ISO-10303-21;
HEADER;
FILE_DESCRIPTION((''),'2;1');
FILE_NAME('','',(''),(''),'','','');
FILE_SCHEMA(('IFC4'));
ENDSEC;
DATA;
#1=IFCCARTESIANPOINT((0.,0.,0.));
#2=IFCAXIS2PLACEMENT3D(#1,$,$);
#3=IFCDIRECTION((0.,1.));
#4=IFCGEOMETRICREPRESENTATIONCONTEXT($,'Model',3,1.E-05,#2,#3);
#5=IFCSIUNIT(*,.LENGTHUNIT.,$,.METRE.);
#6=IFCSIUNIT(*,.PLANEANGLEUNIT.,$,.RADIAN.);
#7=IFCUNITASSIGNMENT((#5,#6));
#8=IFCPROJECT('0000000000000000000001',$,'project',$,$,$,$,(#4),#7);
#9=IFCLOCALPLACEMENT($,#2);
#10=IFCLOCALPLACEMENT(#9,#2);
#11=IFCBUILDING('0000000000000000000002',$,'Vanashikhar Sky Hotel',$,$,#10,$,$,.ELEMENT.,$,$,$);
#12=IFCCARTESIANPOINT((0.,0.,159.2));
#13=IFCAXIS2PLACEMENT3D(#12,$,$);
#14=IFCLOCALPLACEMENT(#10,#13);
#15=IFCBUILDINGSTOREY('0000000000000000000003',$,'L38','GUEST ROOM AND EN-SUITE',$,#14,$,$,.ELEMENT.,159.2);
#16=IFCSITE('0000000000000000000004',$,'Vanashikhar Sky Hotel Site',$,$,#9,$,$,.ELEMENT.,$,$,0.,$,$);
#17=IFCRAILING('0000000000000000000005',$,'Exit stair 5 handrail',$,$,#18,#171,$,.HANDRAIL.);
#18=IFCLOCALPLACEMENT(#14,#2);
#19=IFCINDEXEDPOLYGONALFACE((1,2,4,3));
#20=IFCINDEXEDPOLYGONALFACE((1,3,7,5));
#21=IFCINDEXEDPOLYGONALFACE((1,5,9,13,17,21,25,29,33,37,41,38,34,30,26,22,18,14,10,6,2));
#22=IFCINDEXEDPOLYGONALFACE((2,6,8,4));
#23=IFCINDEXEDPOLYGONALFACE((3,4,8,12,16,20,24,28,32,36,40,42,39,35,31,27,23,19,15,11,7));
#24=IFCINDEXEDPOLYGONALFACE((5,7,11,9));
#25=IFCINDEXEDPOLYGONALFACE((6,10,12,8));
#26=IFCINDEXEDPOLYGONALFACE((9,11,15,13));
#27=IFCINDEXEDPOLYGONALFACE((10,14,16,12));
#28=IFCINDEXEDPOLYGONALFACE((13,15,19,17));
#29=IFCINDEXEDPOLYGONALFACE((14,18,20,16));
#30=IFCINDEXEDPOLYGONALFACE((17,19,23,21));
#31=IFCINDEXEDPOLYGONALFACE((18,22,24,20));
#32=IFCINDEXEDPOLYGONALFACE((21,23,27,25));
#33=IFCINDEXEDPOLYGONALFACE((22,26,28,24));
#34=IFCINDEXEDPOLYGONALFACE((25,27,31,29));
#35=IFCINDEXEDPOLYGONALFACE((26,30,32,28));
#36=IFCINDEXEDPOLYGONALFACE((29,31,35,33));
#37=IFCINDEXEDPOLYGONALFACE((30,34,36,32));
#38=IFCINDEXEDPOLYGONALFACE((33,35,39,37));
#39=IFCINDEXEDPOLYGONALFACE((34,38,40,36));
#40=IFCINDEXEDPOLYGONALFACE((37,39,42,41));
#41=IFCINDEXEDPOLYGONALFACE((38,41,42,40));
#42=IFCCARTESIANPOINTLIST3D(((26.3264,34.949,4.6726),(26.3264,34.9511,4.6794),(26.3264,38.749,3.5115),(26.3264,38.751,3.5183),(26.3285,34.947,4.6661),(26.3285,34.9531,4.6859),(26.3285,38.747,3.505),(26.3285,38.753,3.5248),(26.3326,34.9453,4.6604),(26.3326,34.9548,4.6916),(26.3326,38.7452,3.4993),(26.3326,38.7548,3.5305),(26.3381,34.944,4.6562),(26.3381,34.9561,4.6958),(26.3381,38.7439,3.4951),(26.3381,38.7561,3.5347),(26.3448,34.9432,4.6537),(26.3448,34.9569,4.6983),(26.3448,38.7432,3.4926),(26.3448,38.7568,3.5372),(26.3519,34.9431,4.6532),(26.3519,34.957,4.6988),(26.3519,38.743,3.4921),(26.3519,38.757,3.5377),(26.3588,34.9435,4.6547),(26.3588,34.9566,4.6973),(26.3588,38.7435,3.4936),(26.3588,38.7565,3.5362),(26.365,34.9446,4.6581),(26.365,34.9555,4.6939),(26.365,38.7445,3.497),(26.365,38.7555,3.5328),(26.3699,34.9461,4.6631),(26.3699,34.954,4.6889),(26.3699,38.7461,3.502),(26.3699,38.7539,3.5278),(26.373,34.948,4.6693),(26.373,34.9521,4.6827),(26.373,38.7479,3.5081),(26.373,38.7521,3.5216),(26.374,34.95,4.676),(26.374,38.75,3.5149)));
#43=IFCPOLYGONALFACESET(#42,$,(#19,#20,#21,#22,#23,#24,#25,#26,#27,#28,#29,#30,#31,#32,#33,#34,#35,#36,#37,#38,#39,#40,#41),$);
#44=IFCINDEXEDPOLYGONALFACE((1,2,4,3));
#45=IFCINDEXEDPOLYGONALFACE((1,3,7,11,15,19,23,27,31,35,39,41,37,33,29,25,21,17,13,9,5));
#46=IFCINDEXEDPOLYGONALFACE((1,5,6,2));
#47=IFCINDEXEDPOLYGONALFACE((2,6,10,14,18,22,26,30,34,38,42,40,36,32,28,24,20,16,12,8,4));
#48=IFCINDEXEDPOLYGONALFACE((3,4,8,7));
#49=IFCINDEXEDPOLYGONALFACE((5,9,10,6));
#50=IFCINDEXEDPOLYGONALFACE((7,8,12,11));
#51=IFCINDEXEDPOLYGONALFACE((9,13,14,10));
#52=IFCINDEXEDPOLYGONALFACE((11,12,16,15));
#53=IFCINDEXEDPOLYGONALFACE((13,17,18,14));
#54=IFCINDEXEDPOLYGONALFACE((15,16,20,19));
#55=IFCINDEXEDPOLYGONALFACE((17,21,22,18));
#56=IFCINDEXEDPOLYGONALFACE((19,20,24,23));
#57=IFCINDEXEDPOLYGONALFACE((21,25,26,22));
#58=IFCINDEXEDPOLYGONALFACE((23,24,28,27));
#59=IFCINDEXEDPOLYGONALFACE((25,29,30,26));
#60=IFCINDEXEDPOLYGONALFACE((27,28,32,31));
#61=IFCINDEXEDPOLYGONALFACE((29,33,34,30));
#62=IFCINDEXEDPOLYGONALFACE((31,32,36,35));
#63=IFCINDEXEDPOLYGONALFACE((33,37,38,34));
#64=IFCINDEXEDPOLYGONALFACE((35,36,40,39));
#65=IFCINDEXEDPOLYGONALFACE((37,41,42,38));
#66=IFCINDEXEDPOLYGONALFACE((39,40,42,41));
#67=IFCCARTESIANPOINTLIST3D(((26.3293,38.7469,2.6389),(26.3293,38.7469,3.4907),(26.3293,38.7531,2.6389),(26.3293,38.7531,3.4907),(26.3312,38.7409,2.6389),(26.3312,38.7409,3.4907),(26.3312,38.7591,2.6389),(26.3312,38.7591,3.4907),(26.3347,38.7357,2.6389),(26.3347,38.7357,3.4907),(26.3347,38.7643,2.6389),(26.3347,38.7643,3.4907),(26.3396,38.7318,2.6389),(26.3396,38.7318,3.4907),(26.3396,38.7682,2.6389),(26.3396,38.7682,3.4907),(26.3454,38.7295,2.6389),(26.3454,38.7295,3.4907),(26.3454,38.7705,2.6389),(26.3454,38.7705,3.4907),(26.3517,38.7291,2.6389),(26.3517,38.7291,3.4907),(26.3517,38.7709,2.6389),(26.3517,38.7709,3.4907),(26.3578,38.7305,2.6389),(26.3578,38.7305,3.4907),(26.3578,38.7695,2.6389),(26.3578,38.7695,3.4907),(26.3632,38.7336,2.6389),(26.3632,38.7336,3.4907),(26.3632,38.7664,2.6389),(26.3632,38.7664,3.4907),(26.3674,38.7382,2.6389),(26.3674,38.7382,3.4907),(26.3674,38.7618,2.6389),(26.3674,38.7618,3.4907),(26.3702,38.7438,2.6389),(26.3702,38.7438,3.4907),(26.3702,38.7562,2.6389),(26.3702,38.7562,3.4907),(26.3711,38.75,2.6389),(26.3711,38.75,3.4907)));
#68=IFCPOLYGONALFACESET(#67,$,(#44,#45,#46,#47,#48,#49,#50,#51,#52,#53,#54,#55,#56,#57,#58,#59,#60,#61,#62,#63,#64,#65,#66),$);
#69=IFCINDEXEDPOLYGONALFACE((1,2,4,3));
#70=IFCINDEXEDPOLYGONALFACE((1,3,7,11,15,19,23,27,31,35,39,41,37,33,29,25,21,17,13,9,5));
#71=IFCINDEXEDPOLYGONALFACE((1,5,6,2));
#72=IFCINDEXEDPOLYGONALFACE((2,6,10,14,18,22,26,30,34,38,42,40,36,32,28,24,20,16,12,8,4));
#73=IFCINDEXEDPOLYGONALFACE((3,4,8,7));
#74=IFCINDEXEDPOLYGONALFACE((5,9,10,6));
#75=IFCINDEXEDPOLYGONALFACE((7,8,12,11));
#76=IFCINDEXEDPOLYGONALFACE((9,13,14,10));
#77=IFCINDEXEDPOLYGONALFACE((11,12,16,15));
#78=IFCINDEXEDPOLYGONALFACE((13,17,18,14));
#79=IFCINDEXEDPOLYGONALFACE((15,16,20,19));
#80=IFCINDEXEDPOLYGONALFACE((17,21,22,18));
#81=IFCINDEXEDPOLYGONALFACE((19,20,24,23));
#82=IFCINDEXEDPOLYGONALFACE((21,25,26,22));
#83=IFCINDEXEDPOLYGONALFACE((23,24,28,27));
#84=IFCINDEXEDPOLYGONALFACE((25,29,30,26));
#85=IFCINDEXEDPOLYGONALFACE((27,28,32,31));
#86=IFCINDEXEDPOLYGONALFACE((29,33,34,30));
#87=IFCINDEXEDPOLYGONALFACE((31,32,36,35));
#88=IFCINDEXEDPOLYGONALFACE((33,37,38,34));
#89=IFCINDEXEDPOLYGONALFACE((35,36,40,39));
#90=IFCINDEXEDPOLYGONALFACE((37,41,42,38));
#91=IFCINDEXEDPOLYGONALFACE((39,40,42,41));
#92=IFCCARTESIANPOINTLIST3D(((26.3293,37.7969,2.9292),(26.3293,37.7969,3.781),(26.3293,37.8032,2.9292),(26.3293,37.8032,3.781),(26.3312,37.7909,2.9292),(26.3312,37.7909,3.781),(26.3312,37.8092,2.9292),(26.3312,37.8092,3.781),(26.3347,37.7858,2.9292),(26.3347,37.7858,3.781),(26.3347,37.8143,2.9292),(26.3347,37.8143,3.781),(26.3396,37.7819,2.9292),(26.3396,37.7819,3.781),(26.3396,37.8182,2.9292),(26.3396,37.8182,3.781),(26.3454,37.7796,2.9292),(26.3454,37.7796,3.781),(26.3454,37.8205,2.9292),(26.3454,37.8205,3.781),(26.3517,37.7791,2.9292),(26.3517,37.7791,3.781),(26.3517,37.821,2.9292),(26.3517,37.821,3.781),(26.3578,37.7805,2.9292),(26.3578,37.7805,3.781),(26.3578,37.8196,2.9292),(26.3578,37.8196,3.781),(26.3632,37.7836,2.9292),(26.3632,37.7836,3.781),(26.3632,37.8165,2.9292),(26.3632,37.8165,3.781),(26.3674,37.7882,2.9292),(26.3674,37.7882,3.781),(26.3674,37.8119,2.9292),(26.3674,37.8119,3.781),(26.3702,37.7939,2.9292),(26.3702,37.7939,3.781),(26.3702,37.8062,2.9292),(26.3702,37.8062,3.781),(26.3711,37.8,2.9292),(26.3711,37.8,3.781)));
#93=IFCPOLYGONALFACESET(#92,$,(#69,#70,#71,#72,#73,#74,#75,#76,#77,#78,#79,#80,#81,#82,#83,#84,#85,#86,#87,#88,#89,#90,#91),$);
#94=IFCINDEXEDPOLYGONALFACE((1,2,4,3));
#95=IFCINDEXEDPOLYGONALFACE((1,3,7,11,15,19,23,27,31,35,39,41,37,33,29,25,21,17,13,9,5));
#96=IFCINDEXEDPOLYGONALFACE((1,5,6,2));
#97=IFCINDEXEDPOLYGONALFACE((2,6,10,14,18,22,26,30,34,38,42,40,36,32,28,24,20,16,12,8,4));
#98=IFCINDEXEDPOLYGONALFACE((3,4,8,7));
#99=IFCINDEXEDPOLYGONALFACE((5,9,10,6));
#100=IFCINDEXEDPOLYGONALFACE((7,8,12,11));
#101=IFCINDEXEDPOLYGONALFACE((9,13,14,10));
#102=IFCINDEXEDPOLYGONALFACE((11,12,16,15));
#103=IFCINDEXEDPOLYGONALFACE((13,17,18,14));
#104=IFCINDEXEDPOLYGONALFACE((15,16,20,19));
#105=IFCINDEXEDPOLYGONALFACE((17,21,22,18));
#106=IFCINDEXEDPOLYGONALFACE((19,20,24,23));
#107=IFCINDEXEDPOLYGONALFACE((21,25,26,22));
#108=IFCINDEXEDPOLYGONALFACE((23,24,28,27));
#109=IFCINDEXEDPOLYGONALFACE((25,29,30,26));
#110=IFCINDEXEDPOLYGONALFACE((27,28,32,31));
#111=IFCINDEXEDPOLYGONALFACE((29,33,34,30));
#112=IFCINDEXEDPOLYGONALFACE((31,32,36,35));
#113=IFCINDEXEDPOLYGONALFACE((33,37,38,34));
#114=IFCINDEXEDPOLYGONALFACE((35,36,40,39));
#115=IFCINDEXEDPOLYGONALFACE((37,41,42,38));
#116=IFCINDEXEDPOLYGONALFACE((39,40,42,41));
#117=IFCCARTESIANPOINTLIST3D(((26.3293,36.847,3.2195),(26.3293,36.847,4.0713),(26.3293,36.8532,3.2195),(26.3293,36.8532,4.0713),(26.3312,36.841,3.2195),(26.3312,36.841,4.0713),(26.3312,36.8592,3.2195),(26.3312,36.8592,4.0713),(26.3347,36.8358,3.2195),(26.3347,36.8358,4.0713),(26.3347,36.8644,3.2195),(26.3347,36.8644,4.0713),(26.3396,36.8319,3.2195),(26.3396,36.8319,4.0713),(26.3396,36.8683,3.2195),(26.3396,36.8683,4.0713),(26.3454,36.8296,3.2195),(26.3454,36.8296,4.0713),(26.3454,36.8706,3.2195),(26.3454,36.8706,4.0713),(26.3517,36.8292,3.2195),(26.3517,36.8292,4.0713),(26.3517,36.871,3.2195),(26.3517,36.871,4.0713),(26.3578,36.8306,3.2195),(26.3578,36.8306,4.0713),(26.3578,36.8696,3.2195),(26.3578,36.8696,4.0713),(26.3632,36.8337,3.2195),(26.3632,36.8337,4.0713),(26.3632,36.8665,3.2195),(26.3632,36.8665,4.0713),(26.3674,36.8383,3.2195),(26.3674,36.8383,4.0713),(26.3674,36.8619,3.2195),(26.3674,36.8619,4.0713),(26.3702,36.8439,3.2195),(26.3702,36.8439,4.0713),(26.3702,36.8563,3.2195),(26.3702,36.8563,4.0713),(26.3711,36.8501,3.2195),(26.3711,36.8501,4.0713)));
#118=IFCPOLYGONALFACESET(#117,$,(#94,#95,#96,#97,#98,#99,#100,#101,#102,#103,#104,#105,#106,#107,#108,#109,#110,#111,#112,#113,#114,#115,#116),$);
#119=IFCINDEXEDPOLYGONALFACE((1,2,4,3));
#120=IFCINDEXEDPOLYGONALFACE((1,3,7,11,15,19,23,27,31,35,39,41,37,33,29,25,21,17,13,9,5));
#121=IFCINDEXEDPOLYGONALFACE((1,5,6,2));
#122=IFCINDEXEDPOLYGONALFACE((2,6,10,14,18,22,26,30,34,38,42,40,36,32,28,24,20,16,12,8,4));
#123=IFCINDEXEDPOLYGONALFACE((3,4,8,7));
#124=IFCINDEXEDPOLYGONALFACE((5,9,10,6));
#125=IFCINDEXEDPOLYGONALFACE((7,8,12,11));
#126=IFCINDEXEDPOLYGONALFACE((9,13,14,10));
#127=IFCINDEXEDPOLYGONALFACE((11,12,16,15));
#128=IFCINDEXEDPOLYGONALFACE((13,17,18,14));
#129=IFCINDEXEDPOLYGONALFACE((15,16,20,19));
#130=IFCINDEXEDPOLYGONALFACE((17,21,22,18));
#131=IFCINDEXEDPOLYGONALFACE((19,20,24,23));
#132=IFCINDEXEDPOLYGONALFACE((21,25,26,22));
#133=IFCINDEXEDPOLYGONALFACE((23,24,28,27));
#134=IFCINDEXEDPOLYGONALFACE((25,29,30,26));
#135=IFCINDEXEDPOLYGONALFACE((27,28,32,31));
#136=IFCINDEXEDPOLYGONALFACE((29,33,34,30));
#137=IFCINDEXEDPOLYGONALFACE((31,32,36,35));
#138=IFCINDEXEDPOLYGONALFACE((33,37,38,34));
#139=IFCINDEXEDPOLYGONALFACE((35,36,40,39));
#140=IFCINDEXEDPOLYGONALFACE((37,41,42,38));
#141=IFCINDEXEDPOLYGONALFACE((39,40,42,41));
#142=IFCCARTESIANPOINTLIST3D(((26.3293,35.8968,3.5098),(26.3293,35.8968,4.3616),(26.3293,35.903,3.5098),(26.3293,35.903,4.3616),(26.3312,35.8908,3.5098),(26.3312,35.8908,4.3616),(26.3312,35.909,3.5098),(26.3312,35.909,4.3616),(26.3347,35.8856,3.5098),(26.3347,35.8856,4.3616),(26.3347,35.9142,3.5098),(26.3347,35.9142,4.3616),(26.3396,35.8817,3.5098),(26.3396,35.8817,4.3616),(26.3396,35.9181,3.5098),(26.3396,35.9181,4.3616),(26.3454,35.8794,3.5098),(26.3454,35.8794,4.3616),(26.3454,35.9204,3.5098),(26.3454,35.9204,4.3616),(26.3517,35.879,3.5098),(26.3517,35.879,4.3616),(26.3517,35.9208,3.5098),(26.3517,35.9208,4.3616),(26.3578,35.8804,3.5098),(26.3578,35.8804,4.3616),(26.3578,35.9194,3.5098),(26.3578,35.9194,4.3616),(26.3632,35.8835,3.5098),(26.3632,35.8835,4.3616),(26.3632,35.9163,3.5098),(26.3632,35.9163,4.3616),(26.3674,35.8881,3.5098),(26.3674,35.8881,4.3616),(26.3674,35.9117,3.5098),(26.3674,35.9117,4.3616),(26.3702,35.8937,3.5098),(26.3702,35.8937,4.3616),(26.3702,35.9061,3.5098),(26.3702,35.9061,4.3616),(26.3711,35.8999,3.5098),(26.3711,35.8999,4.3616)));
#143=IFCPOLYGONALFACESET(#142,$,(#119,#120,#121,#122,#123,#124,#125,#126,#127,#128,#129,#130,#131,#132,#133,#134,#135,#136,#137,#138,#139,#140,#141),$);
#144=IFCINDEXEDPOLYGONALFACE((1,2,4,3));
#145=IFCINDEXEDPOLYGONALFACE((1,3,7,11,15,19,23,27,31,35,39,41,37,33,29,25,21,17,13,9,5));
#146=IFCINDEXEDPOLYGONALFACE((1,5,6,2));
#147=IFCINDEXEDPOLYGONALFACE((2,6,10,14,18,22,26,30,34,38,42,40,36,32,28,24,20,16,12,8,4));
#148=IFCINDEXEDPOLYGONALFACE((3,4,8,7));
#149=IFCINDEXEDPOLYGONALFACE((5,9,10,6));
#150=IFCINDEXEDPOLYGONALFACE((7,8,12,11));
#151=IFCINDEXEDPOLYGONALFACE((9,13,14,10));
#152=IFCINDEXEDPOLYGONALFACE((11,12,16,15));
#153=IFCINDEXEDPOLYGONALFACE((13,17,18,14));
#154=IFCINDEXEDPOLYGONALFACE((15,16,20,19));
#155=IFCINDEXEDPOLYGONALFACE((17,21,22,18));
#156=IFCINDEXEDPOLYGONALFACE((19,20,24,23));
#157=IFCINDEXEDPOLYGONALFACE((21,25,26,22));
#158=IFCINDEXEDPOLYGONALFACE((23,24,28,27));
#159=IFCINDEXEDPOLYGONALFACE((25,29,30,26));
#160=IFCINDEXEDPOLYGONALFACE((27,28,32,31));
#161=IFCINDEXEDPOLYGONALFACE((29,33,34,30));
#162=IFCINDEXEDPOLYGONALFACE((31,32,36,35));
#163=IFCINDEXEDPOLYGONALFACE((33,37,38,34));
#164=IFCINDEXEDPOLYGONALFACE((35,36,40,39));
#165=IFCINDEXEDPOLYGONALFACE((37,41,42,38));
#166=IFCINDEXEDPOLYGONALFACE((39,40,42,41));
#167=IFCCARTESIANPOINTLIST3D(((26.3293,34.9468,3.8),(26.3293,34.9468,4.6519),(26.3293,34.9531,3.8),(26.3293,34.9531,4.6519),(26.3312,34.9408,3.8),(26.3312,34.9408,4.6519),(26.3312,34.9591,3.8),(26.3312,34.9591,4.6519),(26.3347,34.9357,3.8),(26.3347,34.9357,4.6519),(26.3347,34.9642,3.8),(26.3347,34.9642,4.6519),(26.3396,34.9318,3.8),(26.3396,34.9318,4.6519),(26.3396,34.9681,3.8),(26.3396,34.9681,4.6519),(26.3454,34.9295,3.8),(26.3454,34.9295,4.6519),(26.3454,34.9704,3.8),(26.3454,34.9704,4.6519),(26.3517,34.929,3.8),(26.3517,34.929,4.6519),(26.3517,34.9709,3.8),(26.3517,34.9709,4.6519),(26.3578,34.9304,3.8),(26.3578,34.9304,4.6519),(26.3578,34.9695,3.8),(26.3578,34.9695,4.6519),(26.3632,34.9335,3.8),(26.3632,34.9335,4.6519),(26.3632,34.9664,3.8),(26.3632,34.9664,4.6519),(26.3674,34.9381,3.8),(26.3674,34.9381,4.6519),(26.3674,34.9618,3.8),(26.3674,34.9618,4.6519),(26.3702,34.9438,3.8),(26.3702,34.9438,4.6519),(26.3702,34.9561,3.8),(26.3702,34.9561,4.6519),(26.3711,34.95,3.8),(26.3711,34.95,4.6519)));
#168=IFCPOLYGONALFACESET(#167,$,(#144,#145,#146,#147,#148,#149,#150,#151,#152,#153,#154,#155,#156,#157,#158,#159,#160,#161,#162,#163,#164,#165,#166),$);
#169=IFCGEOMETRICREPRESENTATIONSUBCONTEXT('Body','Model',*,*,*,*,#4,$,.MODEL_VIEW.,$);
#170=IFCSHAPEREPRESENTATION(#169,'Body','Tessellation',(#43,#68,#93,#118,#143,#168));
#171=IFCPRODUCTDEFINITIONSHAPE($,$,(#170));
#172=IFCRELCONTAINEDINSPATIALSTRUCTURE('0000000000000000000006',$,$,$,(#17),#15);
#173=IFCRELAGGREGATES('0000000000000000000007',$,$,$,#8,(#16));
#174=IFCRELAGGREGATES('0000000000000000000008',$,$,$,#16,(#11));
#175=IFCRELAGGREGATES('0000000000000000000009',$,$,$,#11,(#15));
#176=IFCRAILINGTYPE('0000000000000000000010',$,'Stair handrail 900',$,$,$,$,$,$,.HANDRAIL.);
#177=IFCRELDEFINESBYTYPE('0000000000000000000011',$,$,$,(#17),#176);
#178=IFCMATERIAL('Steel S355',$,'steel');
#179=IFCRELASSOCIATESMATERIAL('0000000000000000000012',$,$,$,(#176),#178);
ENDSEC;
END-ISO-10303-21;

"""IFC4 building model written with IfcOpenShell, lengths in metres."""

from ifc_helpers import new_model, si_unit, direction, frame, origin, origin_2d, place, context, subcontext, project, spatial, circle, extrude, source, transform, mapped, material, type_object, element, save


model = new_model("IFC4")

# Units and contexts
model_context = context("Model", 3, precision=1e-05, world=origin(), true_north=direction((0.0, 1.0)))
body_context = subcontext(model_context, "Body", "Model", "MODEL_VIEW")
ifc_project = project(units=[si_unit("LENGTHUNIT", "METRE"), si_unit("PLANEANGLEUNIT", "RADIAN")], contexts=[model_context])

# Site, building, storey
site_placement = place(None, origin())
site = spatial("IfcSite", under=ifc_project, at=site_placement, Name="Vanashikhar Sky Hotel Site", CompositionType="ELEMENT", RefElevation=0.0)
building_placement = place(site_placement, origin())
building = spatial("IfcBuilding", under=site, at=building_placement, Name="Vanashikhar Sky Hotel", CompositionType="ELEMENT")
storey_placement = place(building_placement, frame((0.0, 0.0, 159.2)))
storey = spatial("IfcBuildingStorey", under=building, at=storey_placement, Name="L38", Description="GUEST ROOM AND EN-SUITE", CompositionType="ELEMENT", Elevation=159.2)

# Railing
ifc_material_1 = material(Name="Steel S355", Category="steel")
railing_type_1 = type_object("IfcRailingType", Name="Stair handrail 900", PredefinedType="HANDRAIL", material=ifc_material_1)
shared_shape_1 = source(origin(), body_context, "Body", "SweptSolid", [
    extrude(circle(Radius=0.0239, at=origin_2d()), frame((0.0, 0.0, 0.876), z_axis=(0.0, -0.956351, 0.29222), x_axis=(1.0, 0.0, 0.0)), (0.0, 0.0, 1.0), 3.9734),
    extrude(circle(Radius=0.021, at=origin_2d()), origin(), (0.0, 0.0, 1.0), 0.8518),
    extrude(circle(Radius=0.021, at=origin_2d()), frame((0.0, -0.95, 0.2903)), (0.0, 0.0, 1.0), 0.8518),
    extrude(circle(Radius=0.021, at=origin_2d()), frame((0.0, -1.8999, 0.5806)), (0.0, 0.0, 1.0), 0.8518),
    extrude(circle(Radius=0.021, at=origin_2d()), frame((0.0, -2.8501, 0.8708)), (0.0, 0.0, 1.0), 0.8518),
    extrude(circle(Radius=0.021, at=origin_2d()), frame((0.0, -3.8, 1.1611)), (0.0, 0.0, 1.0), 0.8518),
])
railing_1_placement = place(storey_placement, frame((26.3501, 38.75, 2.6389)))
element("IfcRailing", 1, at=railing_1_placement, inside=storey, type_object=railing_type_1, Name="Exit stair 5 handrail", PredefinedType="HANDRAIL", context=body_context, shape_type="MappedRepresentation", body=[
    mapped(shared_shape_1, transform((0.0, 0.0, 0.0), scale=1.0)),
])

save(model, "model.ifc")
